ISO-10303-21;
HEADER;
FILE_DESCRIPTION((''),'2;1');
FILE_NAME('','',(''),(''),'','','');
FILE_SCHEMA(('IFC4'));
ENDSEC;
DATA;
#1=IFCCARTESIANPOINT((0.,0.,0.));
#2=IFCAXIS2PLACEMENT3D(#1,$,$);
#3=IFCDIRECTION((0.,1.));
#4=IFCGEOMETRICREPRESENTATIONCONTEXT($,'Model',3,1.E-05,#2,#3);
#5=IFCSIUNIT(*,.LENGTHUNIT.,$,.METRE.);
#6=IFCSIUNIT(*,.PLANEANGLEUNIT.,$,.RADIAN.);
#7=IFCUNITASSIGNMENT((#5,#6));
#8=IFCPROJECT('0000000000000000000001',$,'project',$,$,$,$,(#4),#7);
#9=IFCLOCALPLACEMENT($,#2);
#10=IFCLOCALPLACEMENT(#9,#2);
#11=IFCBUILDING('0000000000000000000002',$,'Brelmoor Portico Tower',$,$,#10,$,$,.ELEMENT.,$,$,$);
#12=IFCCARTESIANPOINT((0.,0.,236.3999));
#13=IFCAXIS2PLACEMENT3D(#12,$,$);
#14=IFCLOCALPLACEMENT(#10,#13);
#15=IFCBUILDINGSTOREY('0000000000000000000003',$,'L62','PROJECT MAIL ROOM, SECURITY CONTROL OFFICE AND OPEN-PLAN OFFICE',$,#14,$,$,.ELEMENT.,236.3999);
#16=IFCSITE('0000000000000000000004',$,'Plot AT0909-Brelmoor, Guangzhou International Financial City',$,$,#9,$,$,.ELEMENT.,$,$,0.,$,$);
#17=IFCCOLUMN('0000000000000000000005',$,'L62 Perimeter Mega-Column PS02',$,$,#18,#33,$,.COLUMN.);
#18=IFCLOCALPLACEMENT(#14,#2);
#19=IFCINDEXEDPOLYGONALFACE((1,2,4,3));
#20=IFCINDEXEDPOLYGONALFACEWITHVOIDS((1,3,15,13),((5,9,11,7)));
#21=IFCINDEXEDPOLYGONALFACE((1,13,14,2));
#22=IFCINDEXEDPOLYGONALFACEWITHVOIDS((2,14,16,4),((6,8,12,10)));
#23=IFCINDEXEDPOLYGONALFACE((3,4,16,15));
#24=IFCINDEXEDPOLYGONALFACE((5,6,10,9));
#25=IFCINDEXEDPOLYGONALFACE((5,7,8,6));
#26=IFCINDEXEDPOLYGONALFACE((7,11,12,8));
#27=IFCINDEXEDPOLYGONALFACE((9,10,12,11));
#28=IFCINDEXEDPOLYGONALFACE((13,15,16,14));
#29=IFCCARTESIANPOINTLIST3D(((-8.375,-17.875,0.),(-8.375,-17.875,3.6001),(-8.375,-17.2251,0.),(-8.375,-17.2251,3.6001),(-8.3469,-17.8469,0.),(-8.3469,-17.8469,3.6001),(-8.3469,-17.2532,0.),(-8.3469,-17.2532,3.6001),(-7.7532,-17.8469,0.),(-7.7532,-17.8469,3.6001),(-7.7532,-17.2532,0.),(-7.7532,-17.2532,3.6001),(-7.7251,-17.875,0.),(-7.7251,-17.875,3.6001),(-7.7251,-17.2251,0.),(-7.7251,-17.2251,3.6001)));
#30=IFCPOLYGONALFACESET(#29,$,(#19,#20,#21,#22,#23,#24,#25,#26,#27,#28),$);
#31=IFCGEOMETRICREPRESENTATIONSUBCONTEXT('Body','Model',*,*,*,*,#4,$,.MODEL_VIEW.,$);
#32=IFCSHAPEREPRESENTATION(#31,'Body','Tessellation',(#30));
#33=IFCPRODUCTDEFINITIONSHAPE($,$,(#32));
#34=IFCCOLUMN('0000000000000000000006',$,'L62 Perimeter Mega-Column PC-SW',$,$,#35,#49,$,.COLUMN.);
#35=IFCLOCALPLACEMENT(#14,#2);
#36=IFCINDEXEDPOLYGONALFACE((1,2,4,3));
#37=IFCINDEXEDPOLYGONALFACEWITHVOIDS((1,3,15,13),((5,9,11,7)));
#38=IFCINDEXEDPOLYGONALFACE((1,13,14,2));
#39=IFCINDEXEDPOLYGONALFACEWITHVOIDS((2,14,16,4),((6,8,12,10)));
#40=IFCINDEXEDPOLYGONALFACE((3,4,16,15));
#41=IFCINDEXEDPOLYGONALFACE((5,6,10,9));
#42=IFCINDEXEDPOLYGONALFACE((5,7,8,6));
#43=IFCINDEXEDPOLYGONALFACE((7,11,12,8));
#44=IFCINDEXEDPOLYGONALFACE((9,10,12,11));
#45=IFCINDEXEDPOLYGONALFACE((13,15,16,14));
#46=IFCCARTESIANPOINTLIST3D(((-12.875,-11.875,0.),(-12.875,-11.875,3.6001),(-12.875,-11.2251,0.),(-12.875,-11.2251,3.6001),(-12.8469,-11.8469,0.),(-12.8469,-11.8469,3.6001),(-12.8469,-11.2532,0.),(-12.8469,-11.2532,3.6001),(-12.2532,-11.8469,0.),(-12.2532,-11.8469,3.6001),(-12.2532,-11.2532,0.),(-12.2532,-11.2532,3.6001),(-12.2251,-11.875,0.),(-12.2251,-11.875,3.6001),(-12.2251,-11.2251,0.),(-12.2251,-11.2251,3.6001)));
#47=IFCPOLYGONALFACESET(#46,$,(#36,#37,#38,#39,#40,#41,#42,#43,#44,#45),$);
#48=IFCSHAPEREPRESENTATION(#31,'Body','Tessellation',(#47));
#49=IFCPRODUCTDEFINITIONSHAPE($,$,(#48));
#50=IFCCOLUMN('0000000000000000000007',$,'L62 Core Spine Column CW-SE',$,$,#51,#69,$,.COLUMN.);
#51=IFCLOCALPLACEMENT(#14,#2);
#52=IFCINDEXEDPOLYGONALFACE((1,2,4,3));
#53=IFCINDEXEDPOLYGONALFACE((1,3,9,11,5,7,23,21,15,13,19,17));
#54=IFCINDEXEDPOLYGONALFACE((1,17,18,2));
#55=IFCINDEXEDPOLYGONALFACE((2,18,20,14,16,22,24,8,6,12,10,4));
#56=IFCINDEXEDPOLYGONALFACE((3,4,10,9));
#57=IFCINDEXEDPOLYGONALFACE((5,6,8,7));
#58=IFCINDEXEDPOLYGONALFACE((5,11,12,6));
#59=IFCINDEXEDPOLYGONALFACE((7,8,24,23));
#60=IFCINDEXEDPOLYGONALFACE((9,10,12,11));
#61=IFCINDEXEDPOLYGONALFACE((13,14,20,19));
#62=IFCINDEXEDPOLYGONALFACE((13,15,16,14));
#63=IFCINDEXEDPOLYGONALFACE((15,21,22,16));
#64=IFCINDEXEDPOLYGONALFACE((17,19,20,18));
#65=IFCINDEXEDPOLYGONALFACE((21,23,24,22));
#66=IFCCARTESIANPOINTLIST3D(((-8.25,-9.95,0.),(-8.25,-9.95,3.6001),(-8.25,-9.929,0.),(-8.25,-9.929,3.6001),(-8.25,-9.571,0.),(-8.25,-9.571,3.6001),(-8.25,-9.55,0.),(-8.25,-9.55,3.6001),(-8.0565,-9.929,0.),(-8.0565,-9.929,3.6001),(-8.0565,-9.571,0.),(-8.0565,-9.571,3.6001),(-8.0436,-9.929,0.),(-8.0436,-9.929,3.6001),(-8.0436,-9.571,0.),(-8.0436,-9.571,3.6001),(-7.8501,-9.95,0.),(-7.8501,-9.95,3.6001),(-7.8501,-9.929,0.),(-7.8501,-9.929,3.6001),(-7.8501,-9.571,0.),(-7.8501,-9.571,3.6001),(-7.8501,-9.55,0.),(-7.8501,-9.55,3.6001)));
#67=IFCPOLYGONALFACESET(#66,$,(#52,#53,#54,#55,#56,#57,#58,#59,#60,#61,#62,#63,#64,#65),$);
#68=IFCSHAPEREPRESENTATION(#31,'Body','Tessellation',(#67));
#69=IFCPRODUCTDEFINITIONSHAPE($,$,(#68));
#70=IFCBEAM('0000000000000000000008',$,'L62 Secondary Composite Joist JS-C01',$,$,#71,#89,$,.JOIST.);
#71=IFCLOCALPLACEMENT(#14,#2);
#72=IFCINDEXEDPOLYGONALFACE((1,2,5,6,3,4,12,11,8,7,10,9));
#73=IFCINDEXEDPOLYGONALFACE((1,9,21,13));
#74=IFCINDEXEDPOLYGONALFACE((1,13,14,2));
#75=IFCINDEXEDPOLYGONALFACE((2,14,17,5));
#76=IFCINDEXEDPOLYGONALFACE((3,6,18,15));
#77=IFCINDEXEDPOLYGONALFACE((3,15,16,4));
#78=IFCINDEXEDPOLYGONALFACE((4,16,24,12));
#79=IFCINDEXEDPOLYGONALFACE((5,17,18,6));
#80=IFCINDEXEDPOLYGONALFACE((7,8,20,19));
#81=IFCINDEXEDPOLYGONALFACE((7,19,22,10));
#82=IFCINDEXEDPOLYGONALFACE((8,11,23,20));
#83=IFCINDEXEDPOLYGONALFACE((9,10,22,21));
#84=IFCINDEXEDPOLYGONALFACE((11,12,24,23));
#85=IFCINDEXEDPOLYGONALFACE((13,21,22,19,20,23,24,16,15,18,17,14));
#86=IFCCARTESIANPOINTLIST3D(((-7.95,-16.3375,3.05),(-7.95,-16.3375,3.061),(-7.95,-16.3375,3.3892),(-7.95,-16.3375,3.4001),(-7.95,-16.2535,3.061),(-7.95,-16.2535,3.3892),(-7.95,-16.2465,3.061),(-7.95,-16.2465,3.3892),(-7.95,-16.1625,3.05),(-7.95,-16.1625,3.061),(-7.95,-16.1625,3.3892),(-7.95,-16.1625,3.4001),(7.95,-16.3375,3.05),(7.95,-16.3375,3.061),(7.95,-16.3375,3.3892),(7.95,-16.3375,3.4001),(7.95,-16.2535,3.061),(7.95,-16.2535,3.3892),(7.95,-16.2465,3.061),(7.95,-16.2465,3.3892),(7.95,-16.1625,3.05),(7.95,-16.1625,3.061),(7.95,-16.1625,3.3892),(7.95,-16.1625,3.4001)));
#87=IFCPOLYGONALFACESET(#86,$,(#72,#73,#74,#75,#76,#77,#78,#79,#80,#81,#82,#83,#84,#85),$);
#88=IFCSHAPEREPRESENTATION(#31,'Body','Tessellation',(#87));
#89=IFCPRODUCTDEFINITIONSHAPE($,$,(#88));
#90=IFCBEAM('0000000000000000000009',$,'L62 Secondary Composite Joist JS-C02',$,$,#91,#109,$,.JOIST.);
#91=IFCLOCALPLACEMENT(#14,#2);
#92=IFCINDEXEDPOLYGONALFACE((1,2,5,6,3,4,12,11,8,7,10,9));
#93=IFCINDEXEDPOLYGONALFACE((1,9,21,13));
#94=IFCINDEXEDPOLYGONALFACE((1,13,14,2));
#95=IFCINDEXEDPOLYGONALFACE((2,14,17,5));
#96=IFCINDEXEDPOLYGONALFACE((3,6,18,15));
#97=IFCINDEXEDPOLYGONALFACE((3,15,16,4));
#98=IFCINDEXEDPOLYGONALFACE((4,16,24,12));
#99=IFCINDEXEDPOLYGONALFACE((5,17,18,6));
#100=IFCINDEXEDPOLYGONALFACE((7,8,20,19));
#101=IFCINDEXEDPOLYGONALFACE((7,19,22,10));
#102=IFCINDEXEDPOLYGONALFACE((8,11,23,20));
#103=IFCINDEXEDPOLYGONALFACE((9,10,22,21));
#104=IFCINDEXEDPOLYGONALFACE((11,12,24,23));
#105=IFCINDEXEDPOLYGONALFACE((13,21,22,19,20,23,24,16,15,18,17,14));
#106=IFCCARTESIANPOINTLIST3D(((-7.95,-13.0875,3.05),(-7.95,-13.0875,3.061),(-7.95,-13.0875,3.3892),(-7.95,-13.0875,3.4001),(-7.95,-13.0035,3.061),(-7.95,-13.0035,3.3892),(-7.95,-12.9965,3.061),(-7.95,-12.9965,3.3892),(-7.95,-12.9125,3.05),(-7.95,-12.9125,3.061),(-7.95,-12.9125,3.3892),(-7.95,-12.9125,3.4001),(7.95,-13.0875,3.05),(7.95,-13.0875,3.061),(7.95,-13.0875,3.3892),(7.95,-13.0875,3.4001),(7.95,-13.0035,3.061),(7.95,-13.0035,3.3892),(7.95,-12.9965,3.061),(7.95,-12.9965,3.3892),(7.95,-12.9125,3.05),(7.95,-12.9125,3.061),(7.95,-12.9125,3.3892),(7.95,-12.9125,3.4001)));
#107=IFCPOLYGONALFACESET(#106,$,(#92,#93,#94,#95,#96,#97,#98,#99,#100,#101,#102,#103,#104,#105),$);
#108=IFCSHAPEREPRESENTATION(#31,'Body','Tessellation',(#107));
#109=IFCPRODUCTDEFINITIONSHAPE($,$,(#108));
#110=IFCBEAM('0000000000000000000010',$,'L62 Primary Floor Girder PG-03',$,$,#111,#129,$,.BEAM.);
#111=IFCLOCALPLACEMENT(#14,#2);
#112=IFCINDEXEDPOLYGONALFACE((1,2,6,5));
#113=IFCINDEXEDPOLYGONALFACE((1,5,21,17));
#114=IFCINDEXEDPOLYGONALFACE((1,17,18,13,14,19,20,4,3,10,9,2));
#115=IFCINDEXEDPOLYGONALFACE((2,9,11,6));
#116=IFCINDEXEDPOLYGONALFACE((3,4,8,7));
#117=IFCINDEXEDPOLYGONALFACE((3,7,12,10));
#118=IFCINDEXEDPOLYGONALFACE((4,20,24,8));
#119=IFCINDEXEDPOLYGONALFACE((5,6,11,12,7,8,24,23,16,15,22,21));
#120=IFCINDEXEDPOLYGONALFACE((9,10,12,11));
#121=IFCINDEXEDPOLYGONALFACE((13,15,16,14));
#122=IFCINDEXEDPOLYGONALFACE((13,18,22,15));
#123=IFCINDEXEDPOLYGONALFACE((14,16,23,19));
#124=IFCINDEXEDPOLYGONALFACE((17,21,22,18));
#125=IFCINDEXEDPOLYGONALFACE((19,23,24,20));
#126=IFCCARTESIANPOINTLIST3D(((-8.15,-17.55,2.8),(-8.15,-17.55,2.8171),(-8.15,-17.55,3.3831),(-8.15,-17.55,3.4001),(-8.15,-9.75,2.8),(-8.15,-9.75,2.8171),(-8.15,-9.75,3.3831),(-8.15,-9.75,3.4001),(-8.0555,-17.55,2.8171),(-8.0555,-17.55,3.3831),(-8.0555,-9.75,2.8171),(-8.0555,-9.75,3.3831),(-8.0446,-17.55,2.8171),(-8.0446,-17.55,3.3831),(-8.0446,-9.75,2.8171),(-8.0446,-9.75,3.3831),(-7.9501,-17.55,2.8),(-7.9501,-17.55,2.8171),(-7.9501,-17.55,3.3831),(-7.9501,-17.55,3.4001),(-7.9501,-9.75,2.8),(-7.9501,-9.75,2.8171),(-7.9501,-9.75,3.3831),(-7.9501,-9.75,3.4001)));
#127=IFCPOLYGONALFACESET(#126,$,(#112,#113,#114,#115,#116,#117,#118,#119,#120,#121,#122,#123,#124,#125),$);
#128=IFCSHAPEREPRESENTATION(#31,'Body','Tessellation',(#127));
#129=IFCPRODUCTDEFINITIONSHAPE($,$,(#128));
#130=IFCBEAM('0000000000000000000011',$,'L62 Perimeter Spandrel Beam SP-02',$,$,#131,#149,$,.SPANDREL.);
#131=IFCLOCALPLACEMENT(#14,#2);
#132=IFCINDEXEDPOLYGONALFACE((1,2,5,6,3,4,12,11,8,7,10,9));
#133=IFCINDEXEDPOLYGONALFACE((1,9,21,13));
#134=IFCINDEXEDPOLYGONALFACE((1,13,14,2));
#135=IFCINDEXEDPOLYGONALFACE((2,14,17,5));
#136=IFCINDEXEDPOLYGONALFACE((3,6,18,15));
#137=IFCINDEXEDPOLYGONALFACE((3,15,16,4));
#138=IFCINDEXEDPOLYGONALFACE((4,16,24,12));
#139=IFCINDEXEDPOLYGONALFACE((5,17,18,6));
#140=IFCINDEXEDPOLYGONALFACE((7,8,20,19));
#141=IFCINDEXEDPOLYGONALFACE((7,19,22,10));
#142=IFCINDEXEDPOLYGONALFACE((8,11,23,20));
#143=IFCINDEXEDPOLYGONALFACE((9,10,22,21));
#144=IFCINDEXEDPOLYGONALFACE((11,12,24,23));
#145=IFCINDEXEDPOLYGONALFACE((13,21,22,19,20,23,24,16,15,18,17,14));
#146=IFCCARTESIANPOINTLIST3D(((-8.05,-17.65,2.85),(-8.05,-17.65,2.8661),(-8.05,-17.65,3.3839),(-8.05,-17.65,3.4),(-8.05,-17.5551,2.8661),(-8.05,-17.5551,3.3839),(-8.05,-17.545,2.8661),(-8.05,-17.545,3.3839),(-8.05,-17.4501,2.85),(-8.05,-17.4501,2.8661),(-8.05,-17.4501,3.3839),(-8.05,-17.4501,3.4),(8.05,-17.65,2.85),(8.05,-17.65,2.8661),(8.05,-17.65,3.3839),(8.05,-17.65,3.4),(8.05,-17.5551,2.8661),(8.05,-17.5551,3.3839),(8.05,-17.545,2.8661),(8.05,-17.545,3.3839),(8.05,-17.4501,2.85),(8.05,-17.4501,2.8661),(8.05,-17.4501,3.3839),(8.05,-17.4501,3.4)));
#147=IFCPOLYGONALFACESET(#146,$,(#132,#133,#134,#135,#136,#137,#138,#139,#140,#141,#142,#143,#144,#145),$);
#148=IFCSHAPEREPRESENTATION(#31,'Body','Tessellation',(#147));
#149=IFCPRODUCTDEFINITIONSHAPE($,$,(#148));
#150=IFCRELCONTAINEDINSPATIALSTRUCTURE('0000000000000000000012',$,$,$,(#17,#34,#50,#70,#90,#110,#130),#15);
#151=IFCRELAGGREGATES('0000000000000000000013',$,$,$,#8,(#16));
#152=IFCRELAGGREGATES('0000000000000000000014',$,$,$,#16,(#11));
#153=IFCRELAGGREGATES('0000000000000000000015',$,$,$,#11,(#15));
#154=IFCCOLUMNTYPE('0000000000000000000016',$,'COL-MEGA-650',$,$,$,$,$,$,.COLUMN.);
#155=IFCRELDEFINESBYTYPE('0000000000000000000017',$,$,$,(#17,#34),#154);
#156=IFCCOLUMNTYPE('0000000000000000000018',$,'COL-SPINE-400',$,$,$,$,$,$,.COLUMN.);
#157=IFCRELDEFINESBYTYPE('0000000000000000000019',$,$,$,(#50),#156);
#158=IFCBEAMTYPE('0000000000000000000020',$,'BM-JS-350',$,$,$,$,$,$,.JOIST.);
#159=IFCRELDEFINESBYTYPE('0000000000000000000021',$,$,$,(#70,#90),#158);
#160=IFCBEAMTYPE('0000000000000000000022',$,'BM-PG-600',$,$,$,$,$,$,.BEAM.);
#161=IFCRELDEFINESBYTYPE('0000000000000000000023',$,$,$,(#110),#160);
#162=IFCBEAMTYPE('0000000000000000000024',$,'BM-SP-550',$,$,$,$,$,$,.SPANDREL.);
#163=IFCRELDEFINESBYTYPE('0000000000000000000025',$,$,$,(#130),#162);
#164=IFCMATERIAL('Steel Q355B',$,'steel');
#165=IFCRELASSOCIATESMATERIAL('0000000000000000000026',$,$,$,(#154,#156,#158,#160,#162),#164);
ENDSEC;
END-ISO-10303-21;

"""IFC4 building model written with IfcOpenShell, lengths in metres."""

from ifc_helpers import new_model, si_unit, direction, frame, origin, origin_2d, place, context, subcontext, project, spatial, hollow_rectangle, i_section, extrude, material, material_profile, profile_set, type_object, element, save


model = new_model("IFC4")

# Units and contexts
model_context = context("Model", 3, precision=1e-05, world=origin(), true_north=direction((0.0, 1.0)))
body_context = subcontext(model_context, "Body", "Model", "MODEL_VIEW")
ifc_project = project(units=[si_unit("LENGTHUNIT", "METRE"), si_unit("PLANEANGLEUNIT", "RADIAN")], contexts=[model_context])

# Site, building, storey
site_placement = place(None, origin())
site = spatial("IfcSite", under=ifc_project, at=site_placement, Name="Plot AT0909-Brelmoor, Guangzhou International Financial City", CompositionType="ELEMENT", RefElevation=0.0)
building_placement = place(site_placement, origin())
building = spatial("IfcBuilding", under=site, at=building_placement, Name="Brelmoor Portico Tower", CompositionType="ELEMENT")
storey_placement = place(building_placement, frame((0.0, 0.0, 236.3999)))
storey = spatial("IfcBuildingStorey", under=building, at=storey_placement, Name="L62", Description="PROJECT MAIL ROOM, SECURITY CONTROL OFFICE AND OPEN-PLAN OFFICE", CompositionType="ELEMENT", Elevation=236.3999)

# Columns
ifc_material_1 = material(Name="Steel Q355B", Category="steel")
ifc_material_profile_1 = material_profile(ifc_material_1, hollow_rectangle(XDim=0.6499, YDim=0.6499, WallThickness=0.0281, at=origin_2d()), Name="BOX 650x650x28")
ifc_profile_set_1 = profile_set([ifc_material_profile_1], Name="Steel Q355B")
column_type_1 = type_object("IfcColumnType", Name="COL-MEGA-650", PredefinedType="COLUMN", material=ifc_profile_set_1)
for number, where, z_axis, x_axis, name in (
    (1, (-8.05, -17.55, 0.0), (0.0, 0.0, 1.0), (1.0, 0.0, 0.0), "L62 Perimeter Mega-Column PS02"),
    (2, (-12.55, -11.55, 0.0), (0.0, 0.0, 1.0), (1.0, 0.0, 0.0), "L62 Perimeter Mega-Column PC-SW"),
):
    element("IfcColumn", number, at=place(storey_placement, frame(where, z_axis=z_axis, x_axis=x_axis)), inside=storey, type_object=column_type_1, Name=name, PredefinedType="COLUMN", context=body_context, shape_type="SweptSolid", body=[
        extrude(hollow_rectangle(XDim=0.6499, YDim=0.6499, WallThickness=0.0281, at=origin_2d()), origin(), (0.0, 0.0, 1.0), 3.6001),
    ])
ifc_material_profile_2 = material_profile(ifc_material_1, i_section(OverallWidth=0.3999, OverallDepth=0.3999, WebThickness=0.0129, FlangeThickness=0.021, at=origin_2d()), Name="HW 400x400x13x21")
ifc_profile_set_2 = profile_set([ifc_material_profile_2], Name="Steel Q355B")
column_type_2 = type_object("IfcColumnType", Name="COL-SPINE-400", PredefinedType="COLUMN", material=ifc_profile_set_2)
column_placement = place(storey_placement, frame((-8.05, -9.75, 0.0), z_axis=(0.0, 0.0, 1.0), x_axis=(1.0, 0.0, 0.0)))
element("IfcColumn", 3, at=column_placement, inside=storey, type_object=column_type_2, Name="L62 Core Spine Column CW-SE", PredefinedType="COLUMN", context=body_context, shape_type="SweptSolid", body=[
    extrude(i_section(OverallWidth=0.3999, OverallDepth=0.3999, WebThickness=0.0129, FlangeThickness=0.021, at=origin_2d()), origin(), (0.0, 0.0, 1.0), 3.6001),
])

# Beams
ifc_material_profile_3 = material_profile(ifc_material_1, i_section(OverallWidth=0.175, OverallDepth=0.3501, WebThickness=0.0071, FlangeThickness=0.011, at=origin_2d()), Name="HN 350x175x7x11")
ifc_profile_set_3 = profile_set([ifc_material_profile_3], Name="Steel Q355B")
beam_type_1 = type_object("IfcBeamType", Name="BM-JS-350", PredefinedType="JOIST", material=ifc_profile_set_3)
for number, where, z_axis, x_axis, name in (
    (4, (-7.95, -16.25, 3.2251), (1.0, 0.0, 0.0), (0.0, 1.0, 0.0), "L62 Secondary Composite Joist JS-C01"),
    (5, (-7.95, -13.0, 3.2251), (1.0, 0.0, 0.0), (0.0, 1.0, 0.0), "L62 Secondary Composite Joist JS-C02"),
):
    element("IfcBeam", number, at=place(storey_placement, frame(where, z_axis=z_axis, x_axis=x_axis)), inside=storey, type_object=beam_type_1, Name=name, PredefinedType="JOIST", context=body_context, shape_type="SweptSolid", body=[
        extrude(i_section(OverallWidth=0.175, OverallDepth=0.3501, WebThickness=0.0071, FlangeThickness=0.011, at=origin_2d()), origin(), (0.0, 0.0, 1.0), 15.8999),
    ])
ifc_material_profile_4 = material_profile(ifc_material_1, i_section(OverallWidth=0.2, OverallDepth=0.6001, WebThickness=0.011, FlangeThickness=0.0171, at=origin_2d()), Name="HN 600x200x11x17")
ifc_profile_set_4 = profile_set([ifc_material_profile_4], Name="Steel Q355B")
beam_type_2 = type_object("IfcBeamType", Name="BM-PG-600", PredefinedType="BEAM", material=ifc_profile_set_4)
beam_1_placement = place(storey_placement, frame((-8.05, -17.55, 3.1001), z_axis=(0.0, 1.0, 0.0), x_axis=(-1.0, 0.0, 0.0)))
element("IfcBeam", 6, at=beam_1_placement, inside=storey, type_object=beam_type_2, Name="L62 Primary Floor Girder PG-03", PredefinedType="BEAM", context=body_context, shape_type="SweptSolid", body=[
    extrude(i_section(OverallWidth=0.2, OverallDepth=0.6001, WebThickness=0.011, FlangeThickness=0.0171, at=origin_2d()), origin(), (0.0, 0.0, 1.0), 7.8),
])
ifc_material_profile_5 = material_profile(ifc_material_1, i_section(OverallWidth=0.2, OverallDepth=0.55, WebThickness=0.01, FlangeThickness=0.0161, at=origin_2d()), Name="HN 550x200x10x16")
ifc_profile_set_5 = profile_set([ifc_material_profile_5], Name="Steel Q355B")
beam_type_3 = type_object("IfcBeamType", Name="BM-SP-550", PredefinedType="SPANDREL", material=ifc_profile_set_5)
beam_2_placement = place(storey_placement, frame((-8.05, -17.55, 3.125), z_axis=(1.0, 0.0, 0.0), x_axis=(0.0, 1.0, 0.0)))
element("IfcBeam", 7, at=beam_2_placement, inside=storey, type_object=beam_type_3, Name="L62 Perimeter Spandrel Beam SP-02", PredefinedType="SPANDREL", context=body_context, shape_type="SweptSolid", body=[
    extrude(i_section(OverallWidth=0.2, OverallDepth=0.55, WebThickness=0.01, FlangeThickness=0.0161, at=origin_2d()), origin(), (0.0, 0.0, 1.0), 16.1001),
])

save(model, "model.ifc")
